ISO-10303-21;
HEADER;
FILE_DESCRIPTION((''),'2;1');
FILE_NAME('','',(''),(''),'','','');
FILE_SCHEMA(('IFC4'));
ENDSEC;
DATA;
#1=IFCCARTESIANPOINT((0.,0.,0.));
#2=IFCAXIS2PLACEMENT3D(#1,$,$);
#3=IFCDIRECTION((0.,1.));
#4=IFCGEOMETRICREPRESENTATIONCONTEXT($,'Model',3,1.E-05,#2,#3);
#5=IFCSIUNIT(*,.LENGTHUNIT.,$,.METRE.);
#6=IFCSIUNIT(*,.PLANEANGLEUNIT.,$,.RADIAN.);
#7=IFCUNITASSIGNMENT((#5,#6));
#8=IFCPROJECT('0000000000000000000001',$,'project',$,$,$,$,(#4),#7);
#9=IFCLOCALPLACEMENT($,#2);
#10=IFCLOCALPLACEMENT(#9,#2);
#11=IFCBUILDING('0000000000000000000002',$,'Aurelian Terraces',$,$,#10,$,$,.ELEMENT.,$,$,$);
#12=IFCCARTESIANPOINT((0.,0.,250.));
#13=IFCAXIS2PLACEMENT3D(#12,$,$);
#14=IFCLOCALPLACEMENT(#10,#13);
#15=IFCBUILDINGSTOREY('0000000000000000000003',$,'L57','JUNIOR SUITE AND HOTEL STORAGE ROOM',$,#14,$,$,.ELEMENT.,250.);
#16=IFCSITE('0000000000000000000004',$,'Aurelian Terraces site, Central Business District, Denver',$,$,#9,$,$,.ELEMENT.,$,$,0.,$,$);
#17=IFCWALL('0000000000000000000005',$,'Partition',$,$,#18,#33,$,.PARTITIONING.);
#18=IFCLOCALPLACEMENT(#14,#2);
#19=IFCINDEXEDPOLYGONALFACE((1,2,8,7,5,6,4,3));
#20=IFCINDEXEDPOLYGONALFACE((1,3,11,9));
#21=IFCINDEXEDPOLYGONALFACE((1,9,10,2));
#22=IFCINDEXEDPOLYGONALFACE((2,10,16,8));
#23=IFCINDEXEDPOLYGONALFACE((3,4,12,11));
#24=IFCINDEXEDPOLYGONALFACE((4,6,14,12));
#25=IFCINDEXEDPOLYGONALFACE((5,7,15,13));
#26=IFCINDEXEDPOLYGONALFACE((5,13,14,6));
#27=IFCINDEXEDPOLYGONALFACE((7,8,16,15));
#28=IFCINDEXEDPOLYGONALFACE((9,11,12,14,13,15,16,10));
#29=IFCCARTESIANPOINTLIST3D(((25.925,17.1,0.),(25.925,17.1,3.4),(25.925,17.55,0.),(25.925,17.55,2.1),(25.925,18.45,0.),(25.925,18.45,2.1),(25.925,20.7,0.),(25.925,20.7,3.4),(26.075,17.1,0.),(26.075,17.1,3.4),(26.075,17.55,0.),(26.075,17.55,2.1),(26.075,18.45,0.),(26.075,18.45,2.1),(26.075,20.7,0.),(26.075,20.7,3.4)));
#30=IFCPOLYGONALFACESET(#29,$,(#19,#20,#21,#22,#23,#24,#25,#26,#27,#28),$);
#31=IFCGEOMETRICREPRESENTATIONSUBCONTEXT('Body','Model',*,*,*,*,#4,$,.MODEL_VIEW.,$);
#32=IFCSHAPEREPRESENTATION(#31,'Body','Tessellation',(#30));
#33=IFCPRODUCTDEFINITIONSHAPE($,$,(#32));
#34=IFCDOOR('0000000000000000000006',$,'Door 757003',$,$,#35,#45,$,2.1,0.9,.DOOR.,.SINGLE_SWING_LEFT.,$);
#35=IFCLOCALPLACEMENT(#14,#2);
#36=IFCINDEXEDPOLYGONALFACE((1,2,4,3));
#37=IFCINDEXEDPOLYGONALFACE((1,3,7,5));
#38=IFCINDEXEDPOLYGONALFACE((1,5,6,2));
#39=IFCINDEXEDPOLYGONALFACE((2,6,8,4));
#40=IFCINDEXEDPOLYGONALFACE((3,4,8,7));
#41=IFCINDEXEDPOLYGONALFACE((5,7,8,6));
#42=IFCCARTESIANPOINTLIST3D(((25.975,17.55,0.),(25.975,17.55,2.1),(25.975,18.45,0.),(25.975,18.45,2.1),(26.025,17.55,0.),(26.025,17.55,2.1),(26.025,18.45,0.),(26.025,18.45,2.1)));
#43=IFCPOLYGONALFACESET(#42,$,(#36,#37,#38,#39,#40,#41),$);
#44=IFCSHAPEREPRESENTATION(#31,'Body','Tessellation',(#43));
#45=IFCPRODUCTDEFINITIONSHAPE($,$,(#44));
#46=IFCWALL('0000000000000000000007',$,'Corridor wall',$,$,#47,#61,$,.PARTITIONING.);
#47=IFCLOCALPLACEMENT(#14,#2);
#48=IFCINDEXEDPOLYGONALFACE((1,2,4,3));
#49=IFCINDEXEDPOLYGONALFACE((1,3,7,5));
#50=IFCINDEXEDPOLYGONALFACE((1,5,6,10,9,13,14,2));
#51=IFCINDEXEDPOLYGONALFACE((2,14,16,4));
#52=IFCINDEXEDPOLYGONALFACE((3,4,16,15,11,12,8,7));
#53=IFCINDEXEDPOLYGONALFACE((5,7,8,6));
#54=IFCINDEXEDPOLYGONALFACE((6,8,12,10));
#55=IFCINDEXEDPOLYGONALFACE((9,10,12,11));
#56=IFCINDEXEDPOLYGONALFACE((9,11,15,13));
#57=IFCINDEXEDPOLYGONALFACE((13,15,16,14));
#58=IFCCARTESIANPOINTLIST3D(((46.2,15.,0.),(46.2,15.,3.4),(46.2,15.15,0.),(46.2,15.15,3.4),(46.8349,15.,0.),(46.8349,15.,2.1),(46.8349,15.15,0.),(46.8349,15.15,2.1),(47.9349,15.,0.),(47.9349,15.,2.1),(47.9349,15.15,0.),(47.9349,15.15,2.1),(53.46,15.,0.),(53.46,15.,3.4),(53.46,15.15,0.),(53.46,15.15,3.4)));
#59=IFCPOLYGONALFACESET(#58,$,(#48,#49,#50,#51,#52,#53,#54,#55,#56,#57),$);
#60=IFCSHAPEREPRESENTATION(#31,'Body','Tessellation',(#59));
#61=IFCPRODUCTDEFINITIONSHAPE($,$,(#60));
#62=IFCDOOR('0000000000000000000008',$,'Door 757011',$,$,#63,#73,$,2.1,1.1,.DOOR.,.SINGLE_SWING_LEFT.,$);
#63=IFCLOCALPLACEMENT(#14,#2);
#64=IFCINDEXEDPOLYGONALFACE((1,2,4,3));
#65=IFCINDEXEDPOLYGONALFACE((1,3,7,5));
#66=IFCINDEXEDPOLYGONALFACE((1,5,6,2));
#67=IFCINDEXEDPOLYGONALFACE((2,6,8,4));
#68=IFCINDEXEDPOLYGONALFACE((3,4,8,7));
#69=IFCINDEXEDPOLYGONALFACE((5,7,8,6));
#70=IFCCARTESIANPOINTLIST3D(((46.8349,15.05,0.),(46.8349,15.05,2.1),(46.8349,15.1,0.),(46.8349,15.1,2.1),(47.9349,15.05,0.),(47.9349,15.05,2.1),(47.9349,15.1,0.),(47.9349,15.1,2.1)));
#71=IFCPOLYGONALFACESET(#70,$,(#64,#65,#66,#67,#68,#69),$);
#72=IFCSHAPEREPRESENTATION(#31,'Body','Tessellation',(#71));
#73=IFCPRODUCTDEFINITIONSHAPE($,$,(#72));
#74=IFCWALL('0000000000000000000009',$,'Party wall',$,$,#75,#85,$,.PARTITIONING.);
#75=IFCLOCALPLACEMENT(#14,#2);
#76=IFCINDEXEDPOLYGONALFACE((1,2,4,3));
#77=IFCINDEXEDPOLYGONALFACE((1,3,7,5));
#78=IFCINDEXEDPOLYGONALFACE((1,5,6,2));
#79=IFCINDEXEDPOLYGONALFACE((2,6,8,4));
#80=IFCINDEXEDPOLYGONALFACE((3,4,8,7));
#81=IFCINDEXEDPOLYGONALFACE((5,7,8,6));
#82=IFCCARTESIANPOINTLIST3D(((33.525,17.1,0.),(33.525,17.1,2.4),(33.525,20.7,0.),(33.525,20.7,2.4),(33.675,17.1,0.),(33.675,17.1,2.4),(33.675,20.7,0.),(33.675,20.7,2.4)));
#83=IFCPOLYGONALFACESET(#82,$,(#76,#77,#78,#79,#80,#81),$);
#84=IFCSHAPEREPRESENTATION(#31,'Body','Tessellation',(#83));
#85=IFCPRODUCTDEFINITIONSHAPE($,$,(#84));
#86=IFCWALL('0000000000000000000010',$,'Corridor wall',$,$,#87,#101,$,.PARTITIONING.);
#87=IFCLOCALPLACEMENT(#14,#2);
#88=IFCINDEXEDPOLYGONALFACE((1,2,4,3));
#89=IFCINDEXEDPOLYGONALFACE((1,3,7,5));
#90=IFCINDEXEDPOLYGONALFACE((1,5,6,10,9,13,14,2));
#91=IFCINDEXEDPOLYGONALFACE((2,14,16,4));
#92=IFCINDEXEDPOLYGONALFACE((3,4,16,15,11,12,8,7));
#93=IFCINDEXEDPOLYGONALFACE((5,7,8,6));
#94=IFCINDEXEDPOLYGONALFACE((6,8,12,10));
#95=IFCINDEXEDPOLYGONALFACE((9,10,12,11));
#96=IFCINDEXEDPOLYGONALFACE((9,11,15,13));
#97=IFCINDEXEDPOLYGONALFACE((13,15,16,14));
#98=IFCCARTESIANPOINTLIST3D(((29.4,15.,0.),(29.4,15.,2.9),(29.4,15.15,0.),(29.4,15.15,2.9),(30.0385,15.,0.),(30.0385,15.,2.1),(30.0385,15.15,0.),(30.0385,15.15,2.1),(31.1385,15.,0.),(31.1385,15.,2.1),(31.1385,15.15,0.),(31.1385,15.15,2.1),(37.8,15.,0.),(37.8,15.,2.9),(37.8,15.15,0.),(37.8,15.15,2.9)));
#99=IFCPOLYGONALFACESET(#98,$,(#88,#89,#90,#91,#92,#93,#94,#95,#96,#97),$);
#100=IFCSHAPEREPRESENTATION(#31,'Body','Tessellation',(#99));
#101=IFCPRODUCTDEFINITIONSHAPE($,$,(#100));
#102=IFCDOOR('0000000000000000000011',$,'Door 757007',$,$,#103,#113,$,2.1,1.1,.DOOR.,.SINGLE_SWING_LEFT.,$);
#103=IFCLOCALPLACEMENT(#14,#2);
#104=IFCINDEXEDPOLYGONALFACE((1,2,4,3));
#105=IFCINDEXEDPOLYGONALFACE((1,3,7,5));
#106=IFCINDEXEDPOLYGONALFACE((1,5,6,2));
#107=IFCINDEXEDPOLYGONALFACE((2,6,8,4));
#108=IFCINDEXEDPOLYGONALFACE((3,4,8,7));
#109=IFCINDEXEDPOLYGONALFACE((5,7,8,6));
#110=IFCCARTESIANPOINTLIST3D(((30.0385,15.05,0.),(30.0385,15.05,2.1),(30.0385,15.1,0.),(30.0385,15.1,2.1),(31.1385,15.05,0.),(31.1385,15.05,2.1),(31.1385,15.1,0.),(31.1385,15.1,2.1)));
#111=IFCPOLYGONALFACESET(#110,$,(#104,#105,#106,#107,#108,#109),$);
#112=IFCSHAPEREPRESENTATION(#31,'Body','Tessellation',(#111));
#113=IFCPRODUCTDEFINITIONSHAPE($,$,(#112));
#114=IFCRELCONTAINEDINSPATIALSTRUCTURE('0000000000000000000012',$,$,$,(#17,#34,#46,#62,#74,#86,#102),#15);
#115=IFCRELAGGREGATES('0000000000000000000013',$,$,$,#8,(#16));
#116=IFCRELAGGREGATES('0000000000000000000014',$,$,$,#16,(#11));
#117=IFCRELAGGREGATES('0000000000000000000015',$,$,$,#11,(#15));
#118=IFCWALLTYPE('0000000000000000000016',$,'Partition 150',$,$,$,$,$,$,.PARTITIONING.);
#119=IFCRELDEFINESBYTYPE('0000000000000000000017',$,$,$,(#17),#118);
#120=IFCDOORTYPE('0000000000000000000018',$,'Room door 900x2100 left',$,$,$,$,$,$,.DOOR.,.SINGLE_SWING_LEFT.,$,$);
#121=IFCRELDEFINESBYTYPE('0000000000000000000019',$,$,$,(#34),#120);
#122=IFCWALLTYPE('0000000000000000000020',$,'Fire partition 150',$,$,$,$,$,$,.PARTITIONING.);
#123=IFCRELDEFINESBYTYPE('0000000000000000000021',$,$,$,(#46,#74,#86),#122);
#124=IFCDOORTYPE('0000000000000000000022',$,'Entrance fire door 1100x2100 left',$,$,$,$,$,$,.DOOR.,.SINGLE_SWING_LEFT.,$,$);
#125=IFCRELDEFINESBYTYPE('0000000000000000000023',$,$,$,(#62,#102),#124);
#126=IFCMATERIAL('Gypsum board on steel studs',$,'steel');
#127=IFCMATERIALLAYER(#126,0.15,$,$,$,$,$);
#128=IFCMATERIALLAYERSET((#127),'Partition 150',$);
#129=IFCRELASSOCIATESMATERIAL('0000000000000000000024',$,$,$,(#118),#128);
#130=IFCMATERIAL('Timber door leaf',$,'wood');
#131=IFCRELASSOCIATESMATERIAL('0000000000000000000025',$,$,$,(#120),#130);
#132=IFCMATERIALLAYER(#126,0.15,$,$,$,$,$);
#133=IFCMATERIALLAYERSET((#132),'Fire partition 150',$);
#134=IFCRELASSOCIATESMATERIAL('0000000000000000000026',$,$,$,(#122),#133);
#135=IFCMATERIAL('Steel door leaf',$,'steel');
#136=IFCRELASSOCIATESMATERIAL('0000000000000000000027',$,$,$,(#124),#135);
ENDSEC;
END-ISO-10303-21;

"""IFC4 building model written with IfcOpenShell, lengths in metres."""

from ifc_helpers import new_model, si_unit, direction, frame, frame_2d, origin, place, context, subcontext, project, spatial, rectangle, extrude, source, transform, mapped, material, layer, layer_set, type_object, element, fill, save


model = new_model("IFC4")

# Units and contexts
model_context = context("Model", 3, precision=1e-05, world=origin(), true_north=direction((0.0, 1.0)))
body_context = subcontext(model_context, "Body", "Model", "MODEL_VIEW")
ifc_project = project(units=[si_unit("LENGTHUNIT", "METRE"), si_unit("PLANEANGLEUNIT", "RADIAN")], contexts=[model_context])

# Site, building, storey
site_placement = place(None, origin())
site = spatial("IfcSite", under=ifc_project, at=site_placement, Name="Aurelian Terraces site, Central Business District, Denver", CompositionType="ELEMENT", RefElevation=0.0)
building_placement = place(site_placement, origin())
building = spatial("IfcBuilding", under=site, at=building_placement, Name="Aurelian Terraces", CompositionType="ELEMENT")
storey_placement = place(building_placement, frame((0.0, 0.0, 250.0)))
storey = spatial("IfcBuildingStorey", under=building, at=storey_placement, Name="L57", Description="JUNIOR SUITE AND HOTEL STORAGE ROOM", CompositionType="ELEMENT", Elevation=250.0)

# Walls, openings, doors
ifc_material_1 = material(Name="Gypsum board on steel studs", Category="steel")
ifc_layer_1 = layer(ifc_material_1, 0.15)
ifc_layer_set_1 = layer_set([ifc_layer_1], Name="Partition 150")
wall_type_1 = type_object("IfcWallType", Name="Partition 150", PredefinedType="PARTITIONING", material=ifc_layer_set_1)
shared_shape_1 = source(origin(), body_context, "Body", "SweptSolid", [
    extrude(rectangle(XDim=3.6, YDim=0.15, at=frame_2d((1.8, 0.0))), origin(), (0.0, 0.0, 1.0), 3.4),
])
wall_1_placement = place(storey_placement, frame((26.0, 20.7, 0.0), z_axis=(0.0, 0.0, 1.0), x_axis=(0.0, -1.0, 0.0)))
wall_1 = element("IfcWall", 1, at=wall_1_placement, inside=storey, type_object=wall_type_1, Name="Partition", PredefinedType="PARTITIONING", context=body_context, shape_type="MappedRepresentation", body=[
    mapped(shared_shape_1, transform((0.0, 0.0, 0.0), scale=1.0)),
])
shared_shape_2 = source(origin(), body_context, "Body", "SweptSolid", [
    extrude(rectangle(XDim=0.9, YDim=2.1, at=frame_2d((0.45, 1.05))), frame((0.0, 0.085, 0.0), z_axis=(0.0, -1.0, 0.0), x_axis=(1.0, 0.0, 0.0)), (0.0, 0.0, 1.0), 0.17),
])
opening_1_placement = place(wall_1_placement, frame((2.25, 0.0, 0.0)))
opening_1 = element("IfcOpeningElement", 2, at=opening_1_placement, cuts=wall_1, PredefinedType="OPENING", context=body_context, shape_type="MappedRepresentation", body=[
    mapped(shared_shape_2, transform((0.0, 0.0, 0.0), scale=1.0)),
])
ifc_material_2 = material(Name="Timber door leaf", Category="wood")
door_type_1 = type_object("IfcDoorType", Name="Room door 900x2100 left", OperationType="SINGLE_SWING_LEFT", PredefinedType="DOOR", material=ifc_material_2)
shared_shape_3 = source(origin(), body_context, "Body", "SweptSolid", [
    extrude(rectangle(XDim=0.9, YDim=2.1, at=frame_2d((0.45, 1.05))), frame((0.0, 0.025, 0.0), z_axis=(0.0, -1.0, 0.0), x_axis=(1.0, 0.0, 0.0)), (0.0, 0.0, 1.0), 0.05),
])
door_1_placement = place(opening_1_placement, origin())
door_1 = element("IfcDoor", 3, at=door_1_placement, inside=storey, type_object=door_type_1, Name="Door 757003", OperationType="SINGLE_SWING_LEFT", OverallHeight=2.1, OverallWidth=0.9, PredefinedType="DOOR", context=body_context, shape_type="MappedRepresentation", body=[
    mapped(shared_shape_3, transform((0.0, 0.0, 0.0), scale=1.0)),
])
fill(opening_1, door_1)
ifc_layer_2 = layer(ifc_material_1, 0.15)
ifc_layer_set_2 = layer_set([ifc_layer_2], Name="Fire partition 150")
wall_type_2 = type_object("IfcWallType", Name="Fire partition 150", PredefinedType="PARTITIONING", material=ifc_layer_set_2)
shared_shape_4 = source(origin(), body_context, "Body", "SweptSolid", [
    extrude(rectangle(XDim=7.26, YDim=0.15, at=frame_2d((3.63, 0.0))), origin(), (0.0, 0.0, 1.0), 3.4),
])
wall_2_placement = place(storey_placement, frame((53.46, 15.075, 0.0), z_axis=(0.0, 0.0, 1.0), x_axis=(-1.0, 0.0, 0.0)))
wall_2 = element("IfcWall", 4, at=wall_2_placement, inside=storey, type_object=wall_type_2, Name="Corridor wall", PredefinedType="PARTITIONING", context=body_context, shape_type="MappedRepresentation", body=[
    mapped(shared_shape_4, transform((0.0, 0.0, 0.0), scale=1.0)),
])
shared_shape_5 = source(origin(), body_context, "Body", "SweptSolid", [
    extrude(rectangle(XDim=1.1, YDim=2.1, at=frame_2d((0.55, 1.05))), frame((0.0, 0.085, 0.0), z_axis=(0.0, -1.0, 0.0), x_axis=(1.0, 0.0, 0.0)), (0.0, 0.0, 1.0), 0.17),
])
opening_2_placement = place(wall_2_placement, frame((5.5251, 0.0, 0.0)))
opening_2 = element("IfcOpeningElement", 5, at=opening_2_placement, cuts=wall_2, PredefinedType="OPENING", context=body_context, shape_type="MappedRepresentation", body=[
    mapped(shared_shape_5, transform((0.0, 0.0, 0.0), scale=1.0)),
])
ifc_material_3 = material(Name="Steel door leaf", Category="steel")
door_type_2 = type_object("IfcDoorType", Name="Entrance fire door 1100x2100 left", OperationType="SINGLE_SWING_LEFT", PredefinedType="DOOR", material=ifc_material_3)
shared_shape_6 = source(origin(), body_context, "Body", "SweptSolid", [
    extrude(rectangle(XDim=1.1, YDim=2.1, at=frame_2d((0.55, 1.05))), frame((0.0, 0.025, 0.0), z_axis=(0.0, -1.0, 0.0), x_axis=(1.0, 0.0, 0.0)), (0.0, 0.0, 1.0), 0.05),
])
door_2_placement = place(opening_2_placement, origin())
door_2 = element("IfcDoor", 6, at=door_2_placement, inside=storey, type_object=door_type_2, Name="Door 757011", OperationType="SINGLE_SWING_LEFT", OverallHeight=2.1, OverallWidth=1.1, PredefinedType="DOOR", context=body_context, shape_type="MappedRepresentation", body=[
    mapped(shared_shape_6, transform((0.0, 0.0, 0.0), scale=1.0)),
])
fill(opening_2, door_2)

# Wall
shared_shape_7 = source(origin(), body_context, "Body", "SweptSolid", [
    extrude(rectangle(XDim=3.6, YDim=0.15, at=frame_2d((1.8, 0.0))), origin(), (0.0, 0.0, 1.0), 2.4),
])
wall_3_placement = place(storey_placement, frame((33.6, 17.1, 0.0), z_axis=(0.0, 0.0, 1.0), x_axis=(0.0, 1.0, 0.0)))
element("IfcWall", 7, at=wall_3_placement, inside=storey, type_object=wall_type_2, Name="Party wall", PredefinedType="PARTITIONING", context=body_context, shape_type="MappedRepresentation", body=[
    mapped(shared_shape_7, transform((0.0, 0.0, 0.0), scale=1.0)),
])

# Wall, opening, door
shared_shape_8 = source(origin(), body_context, "Body", "SweptSolid", [
    extrude(rectangle(XDim=8.4, YDim=0.15, at=frame_2d((4.2, 0.0))), origin(), (0.0, 0.0, 1.0), 2.9),
])
wall_4_placement = place(storey_placement, frame((37.8, 15.075, 0.0), z_axis=(0.0, 0.0, 1.0), x_axis=(-1.0, 0.0, 0.0)))
wall_4 = element("IfcWall", 8, at=wall_4_placement, inside=storey, type_object=wall_type_2, Name="Corridor wall", PredefinedType="PARTITIONING", context=body_context, shape_type="MappedRepresentation", body=[
    mapped(shared_shape_8, transform((0.0, 0.0, 0.0), scale=1.0)),
])
opening_3_placement = place(wall_4_placement, frame((6.6615, 0.0, 0.0)))
opening_3 = element("IfcOpeningElement", 9, at=opening_3_placement, cuts=wall_4, PredefinedType="OPENING", context=body_context, shape_type="MappedRepresentation", body=[
    mapped(shared_shape_5, transform((0.0, 0.0, 0.0), scale=1.0)),
])
door_3_placement = place(opening_3_placement, origin())
door_3 = element("IfcDoor", 10, at=door_3_placement, inside=storey, type_object=door_type_2, Name="Door 757007", OperationType="SINGLE_SWING_LEFT", OverallHeight=2.1, OverallWidth=1.1, PredefinedType="DOOR", context=body_context, shape_type="MappedRepresentation", body=[
    mapped(shared_shape_6, transform((0.0, 0.0, 0.0), scale=1.0)),
])
fill(opening_3, door_3)

save(model, "model.ifc")
